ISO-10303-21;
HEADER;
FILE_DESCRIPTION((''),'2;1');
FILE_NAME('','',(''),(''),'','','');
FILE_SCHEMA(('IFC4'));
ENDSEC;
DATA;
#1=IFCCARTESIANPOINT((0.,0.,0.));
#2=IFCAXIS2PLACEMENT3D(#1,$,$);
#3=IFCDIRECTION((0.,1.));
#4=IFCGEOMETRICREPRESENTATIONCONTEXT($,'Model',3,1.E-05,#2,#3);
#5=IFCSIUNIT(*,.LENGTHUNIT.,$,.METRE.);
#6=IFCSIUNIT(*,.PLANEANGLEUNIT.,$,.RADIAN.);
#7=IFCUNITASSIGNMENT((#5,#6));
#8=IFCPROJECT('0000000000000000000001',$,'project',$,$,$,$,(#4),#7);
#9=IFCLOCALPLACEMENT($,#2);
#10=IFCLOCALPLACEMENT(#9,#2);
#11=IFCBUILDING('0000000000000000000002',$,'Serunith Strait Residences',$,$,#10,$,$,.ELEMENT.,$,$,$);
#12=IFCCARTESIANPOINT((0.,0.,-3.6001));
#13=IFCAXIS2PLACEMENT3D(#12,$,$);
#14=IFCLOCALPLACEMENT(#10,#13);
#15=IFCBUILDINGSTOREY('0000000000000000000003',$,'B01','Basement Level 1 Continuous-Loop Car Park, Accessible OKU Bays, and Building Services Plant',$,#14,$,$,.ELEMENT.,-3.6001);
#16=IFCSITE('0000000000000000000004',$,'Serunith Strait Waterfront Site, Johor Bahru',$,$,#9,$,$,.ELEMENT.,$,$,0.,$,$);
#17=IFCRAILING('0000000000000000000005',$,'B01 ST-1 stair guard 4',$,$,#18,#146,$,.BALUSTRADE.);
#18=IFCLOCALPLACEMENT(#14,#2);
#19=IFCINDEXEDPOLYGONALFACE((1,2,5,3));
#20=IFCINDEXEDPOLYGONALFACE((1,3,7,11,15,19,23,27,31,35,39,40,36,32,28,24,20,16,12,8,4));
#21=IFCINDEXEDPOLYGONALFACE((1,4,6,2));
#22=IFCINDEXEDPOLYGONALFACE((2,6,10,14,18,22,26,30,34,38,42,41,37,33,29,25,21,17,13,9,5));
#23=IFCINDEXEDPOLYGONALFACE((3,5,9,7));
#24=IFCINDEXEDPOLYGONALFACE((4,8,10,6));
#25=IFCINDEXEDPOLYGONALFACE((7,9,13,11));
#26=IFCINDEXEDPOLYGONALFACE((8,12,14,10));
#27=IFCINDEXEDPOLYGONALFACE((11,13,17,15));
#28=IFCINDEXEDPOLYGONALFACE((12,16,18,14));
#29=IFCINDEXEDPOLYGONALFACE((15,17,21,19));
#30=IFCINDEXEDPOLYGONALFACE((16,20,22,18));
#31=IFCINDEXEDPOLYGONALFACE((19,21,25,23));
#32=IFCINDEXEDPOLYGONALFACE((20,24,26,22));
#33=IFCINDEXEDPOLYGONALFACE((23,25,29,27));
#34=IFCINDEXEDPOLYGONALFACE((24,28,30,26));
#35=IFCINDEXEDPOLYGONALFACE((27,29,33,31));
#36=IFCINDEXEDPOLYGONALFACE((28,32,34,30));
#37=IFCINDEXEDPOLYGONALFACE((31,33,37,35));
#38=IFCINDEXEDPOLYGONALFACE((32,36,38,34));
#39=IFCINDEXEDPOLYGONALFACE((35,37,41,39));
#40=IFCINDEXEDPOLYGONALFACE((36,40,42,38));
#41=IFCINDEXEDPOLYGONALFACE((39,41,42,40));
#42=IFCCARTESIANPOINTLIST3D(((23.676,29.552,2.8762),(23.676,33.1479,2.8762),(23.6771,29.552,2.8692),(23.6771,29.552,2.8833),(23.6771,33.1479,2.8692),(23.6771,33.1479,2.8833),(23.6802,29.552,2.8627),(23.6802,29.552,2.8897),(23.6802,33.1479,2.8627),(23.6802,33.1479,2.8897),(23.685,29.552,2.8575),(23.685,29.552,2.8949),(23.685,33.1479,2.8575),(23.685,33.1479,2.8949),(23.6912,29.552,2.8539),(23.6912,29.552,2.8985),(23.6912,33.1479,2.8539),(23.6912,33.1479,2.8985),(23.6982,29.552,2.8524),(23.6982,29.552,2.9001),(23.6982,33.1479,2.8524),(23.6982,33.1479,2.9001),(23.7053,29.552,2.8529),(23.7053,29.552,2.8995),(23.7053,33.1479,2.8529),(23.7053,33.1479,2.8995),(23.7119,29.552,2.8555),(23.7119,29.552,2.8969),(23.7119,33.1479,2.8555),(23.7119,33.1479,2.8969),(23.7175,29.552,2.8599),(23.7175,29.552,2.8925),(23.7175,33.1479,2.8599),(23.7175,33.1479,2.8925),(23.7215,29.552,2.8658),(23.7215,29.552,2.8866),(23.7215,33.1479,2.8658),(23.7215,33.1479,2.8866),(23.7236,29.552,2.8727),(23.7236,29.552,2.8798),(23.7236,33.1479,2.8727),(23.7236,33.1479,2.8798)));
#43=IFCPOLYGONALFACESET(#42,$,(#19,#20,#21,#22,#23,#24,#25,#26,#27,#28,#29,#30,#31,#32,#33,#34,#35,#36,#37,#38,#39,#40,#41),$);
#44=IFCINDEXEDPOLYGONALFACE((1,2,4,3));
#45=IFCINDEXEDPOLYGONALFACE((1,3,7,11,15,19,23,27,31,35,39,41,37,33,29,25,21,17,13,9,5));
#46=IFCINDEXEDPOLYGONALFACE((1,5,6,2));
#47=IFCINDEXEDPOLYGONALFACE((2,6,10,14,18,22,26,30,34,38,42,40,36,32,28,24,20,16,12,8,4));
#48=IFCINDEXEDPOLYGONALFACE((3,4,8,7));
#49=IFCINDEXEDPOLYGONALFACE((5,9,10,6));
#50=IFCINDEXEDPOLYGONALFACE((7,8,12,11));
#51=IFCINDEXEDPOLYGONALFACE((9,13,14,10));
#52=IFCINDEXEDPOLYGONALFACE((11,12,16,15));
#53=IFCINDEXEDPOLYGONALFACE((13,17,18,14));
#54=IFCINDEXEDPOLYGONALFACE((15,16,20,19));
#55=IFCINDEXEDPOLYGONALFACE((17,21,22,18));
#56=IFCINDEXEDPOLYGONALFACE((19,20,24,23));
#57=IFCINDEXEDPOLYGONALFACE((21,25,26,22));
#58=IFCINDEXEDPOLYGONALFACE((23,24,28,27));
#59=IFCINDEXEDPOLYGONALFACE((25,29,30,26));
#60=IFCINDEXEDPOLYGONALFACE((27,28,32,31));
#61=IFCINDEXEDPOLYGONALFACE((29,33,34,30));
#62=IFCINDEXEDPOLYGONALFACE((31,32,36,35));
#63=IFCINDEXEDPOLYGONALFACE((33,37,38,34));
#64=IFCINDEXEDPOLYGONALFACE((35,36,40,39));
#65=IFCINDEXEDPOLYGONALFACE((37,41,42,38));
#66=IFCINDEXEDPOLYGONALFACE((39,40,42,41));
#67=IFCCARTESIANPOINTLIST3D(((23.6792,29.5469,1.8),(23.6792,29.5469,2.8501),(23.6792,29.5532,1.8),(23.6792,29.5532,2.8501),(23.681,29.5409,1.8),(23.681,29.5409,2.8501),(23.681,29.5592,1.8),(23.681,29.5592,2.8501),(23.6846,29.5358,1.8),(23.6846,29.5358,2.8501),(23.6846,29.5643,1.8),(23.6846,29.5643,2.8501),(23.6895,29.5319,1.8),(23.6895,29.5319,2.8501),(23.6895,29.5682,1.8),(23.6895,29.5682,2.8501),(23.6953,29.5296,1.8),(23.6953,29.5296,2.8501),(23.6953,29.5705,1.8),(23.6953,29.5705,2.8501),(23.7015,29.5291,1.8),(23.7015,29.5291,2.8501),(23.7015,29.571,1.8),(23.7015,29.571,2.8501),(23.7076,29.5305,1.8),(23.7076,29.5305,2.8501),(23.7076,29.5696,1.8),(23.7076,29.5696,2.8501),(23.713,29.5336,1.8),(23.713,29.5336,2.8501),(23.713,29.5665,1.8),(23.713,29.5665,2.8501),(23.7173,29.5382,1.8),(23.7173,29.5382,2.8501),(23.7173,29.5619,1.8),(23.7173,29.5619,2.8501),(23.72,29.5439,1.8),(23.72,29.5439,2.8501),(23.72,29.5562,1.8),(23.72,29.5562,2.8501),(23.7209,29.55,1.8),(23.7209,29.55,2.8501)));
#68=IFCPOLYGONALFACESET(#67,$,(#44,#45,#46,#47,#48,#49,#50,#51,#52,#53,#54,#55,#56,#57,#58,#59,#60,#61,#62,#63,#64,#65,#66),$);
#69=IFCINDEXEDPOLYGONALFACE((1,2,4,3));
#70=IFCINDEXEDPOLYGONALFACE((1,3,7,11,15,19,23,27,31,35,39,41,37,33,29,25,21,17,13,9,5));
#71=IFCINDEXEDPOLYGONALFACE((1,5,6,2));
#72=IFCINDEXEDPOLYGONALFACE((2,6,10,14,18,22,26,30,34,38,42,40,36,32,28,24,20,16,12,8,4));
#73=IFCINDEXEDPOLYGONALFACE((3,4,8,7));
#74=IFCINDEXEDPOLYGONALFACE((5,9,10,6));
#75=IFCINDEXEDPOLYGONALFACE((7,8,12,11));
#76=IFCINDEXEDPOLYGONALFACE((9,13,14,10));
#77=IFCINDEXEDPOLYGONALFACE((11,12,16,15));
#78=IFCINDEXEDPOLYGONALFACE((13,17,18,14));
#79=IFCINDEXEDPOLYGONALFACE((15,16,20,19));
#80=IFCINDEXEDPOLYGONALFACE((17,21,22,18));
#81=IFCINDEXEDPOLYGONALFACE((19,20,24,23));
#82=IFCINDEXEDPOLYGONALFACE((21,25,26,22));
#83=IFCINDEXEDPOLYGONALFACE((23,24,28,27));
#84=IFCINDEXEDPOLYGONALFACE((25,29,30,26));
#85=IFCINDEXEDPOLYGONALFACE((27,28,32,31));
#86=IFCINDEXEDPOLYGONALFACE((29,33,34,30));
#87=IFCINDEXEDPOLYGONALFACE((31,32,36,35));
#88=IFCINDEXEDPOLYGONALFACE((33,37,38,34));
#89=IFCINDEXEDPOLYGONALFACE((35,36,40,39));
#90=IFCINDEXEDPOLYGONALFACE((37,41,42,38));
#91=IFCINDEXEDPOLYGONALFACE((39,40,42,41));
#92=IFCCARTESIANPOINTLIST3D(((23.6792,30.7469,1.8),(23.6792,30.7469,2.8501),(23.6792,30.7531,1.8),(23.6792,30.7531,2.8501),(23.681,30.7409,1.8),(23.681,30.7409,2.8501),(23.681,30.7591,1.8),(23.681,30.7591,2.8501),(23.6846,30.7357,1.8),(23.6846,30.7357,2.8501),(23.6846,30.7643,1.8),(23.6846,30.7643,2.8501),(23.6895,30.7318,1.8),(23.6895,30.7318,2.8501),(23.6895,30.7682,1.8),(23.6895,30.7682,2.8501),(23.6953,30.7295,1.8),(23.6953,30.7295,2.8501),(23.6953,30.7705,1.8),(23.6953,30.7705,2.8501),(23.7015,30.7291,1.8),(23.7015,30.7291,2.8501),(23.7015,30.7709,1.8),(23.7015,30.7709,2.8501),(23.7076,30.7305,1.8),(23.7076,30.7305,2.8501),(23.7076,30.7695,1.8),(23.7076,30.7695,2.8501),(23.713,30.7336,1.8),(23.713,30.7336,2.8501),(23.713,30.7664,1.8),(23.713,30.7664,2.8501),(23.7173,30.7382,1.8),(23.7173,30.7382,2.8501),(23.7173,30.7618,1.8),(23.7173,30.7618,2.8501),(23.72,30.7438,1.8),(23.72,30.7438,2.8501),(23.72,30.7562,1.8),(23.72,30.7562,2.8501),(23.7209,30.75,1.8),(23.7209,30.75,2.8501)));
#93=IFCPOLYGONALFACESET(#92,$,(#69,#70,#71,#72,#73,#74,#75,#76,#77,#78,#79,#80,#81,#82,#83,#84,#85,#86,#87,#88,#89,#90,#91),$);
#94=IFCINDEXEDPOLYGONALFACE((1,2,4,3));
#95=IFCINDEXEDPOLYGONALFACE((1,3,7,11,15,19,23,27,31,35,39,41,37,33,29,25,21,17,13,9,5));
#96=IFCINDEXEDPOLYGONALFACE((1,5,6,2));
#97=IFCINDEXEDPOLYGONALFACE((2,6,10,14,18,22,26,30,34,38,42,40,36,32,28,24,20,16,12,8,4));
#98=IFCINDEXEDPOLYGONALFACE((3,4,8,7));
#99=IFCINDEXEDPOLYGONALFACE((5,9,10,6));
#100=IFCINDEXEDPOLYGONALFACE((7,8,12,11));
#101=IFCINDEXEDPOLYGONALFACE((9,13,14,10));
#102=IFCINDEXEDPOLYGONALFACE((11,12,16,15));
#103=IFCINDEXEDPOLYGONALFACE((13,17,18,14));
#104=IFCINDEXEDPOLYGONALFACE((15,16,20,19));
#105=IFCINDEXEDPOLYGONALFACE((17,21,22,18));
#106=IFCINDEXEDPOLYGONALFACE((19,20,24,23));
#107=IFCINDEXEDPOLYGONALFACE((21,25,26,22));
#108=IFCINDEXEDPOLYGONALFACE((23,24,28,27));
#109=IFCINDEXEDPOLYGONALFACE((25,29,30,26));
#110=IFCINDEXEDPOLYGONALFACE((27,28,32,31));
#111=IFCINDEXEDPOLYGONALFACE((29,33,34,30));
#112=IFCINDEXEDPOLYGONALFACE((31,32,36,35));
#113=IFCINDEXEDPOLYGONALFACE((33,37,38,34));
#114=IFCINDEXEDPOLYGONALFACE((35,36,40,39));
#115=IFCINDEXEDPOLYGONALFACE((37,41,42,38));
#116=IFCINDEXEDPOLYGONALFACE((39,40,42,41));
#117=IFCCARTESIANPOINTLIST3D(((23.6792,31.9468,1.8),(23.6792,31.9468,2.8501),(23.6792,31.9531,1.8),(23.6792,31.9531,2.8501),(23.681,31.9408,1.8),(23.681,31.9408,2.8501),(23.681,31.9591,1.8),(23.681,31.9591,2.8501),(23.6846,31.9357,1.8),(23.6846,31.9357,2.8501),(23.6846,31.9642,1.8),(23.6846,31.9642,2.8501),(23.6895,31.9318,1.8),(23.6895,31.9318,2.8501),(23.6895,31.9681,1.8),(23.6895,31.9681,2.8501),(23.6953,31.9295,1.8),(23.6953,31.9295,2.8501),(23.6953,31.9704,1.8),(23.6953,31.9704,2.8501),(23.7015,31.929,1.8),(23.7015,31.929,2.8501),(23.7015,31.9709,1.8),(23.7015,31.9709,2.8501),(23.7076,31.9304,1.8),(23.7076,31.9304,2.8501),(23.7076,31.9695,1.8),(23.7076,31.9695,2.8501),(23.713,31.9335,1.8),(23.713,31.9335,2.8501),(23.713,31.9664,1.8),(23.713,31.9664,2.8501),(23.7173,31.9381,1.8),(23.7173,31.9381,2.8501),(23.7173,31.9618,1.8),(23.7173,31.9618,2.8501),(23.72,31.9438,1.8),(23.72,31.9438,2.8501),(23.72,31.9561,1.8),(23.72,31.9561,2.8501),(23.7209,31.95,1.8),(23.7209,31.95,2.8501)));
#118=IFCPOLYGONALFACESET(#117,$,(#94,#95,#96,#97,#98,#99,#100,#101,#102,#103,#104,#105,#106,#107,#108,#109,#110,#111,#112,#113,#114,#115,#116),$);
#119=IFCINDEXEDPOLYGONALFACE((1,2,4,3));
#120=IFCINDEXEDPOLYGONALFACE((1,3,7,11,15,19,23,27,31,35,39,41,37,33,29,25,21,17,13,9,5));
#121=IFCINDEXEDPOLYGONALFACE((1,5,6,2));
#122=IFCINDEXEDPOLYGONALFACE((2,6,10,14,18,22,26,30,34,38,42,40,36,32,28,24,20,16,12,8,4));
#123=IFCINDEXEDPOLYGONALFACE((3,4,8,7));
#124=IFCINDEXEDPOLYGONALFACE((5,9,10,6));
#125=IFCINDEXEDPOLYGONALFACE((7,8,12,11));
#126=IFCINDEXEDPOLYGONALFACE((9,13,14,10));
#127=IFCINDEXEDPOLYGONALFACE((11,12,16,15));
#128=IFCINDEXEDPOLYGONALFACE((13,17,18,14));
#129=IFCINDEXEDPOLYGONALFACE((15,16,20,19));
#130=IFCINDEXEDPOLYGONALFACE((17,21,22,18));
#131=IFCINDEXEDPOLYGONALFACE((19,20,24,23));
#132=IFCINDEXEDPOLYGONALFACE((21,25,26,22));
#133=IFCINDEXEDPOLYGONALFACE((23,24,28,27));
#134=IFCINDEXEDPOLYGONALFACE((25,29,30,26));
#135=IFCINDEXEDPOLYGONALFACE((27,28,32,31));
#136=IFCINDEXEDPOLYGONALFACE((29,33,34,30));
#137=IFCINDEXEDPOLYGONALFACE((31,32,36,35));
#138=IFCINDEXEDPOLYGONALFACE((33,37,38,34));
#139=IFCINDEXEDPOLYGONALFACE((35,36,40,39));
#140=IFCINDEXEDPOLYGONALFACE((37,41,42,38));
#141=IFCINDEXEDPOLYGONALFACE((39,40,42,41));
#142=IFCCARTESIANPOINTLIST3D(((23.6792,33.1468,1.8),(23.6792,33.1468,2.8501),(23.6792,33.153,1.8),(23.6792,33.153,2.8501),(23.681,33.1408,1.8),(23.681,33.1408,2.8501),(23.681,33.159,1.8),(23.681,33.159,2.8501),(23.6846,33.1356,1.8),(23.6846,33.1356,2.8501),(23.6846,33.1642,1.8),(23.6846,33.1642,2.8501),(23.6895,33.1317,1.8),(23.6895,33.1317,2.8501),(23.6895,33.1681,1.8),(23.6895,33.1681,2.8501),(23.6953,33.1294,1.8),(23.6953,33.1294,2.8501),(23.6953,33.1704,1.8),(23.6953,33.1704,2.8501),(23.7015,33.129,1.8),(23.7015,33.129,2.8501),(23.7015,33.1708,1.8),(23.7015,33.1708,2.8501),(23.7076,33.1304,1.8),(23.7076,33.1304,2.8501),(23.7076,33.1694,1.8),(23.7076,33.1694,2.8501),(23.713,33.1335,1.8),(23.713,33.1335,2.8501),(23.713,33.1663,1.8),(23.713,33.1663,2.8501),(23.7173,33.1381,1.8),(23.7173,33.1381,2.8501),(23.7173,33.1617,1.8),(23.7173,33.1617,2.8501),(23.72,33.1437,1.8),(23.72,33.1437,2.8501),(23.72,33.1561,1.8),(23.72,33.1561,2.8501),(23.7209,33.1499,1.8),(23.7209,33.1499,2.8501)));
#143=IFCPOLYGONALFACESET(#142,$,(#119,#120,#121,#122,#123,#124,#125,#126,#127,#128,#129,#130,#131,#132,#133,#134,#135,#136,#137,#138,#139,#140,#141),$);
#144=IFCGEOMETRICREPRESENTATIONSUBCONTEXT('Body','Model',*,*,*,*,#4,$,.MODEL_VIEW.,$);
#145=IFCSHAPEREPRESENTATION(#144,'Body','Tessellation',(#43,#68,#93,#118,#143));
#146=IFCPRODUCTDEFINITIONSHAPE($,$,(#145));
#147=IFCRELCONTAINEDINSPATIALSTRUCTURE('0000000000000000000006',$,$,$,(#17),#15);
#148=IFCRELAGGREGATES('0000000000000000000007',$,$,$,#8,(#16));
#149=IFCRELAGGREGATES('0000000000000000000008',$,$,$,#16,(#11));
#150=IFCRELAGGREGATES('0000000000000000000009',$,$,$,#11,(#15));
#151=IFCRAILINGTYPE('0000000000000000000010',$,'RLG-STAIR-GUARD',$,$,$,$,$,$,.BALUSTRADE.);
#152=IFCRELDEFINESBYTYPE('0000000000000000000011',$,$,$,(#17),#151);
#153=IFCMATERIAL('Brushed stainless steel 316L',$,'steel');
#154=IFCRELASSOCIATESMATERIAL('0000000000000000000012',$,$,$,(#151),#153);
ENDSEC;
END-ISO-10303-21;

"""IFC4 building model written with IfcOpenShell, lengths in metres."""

from ifc_helpers import new_model, si_unit, direction, frame, origin, origin_2d, place, context, subcontext, project, spatial, circle, extrude, material, type_object, element, save


model = new_model("IFC4")

# Units and contexts
model_context = context("Model", 3, precision=1e-05, world=origin(), true_north=direction((0.0, 1.0)))
body_context = subcontext(model_context, "Body", "Model", "MODEL_VIEW")
ifc_project = project(units=[si_unit("LENGTHUNIT", "METRE"), si_unit("PLANEANGLEUNIT", "RADIAN")], contexts=[model_context])

# Site, building, storey
site_placement = place(None, origin())
site = spatial("IfcSite", under=ifc_project, at=site_placement, Name="Serunith Strait Waterfront Site, Johor Bahru", CompositionType="ELEMENT", RefElevation=0.0)
building_placement = place(site_placement, origin())
building = spatial("IfcBuilding", under=site, at=building_placement, Name="Serunith Strait Residences", CompositionType="ELEMENT")
storey_placement = place(building_placement, frame((0.0, 0.0, -3.6001)))
storey = spatial("IfcBuildingStorey", under=building, at=storey_placement, Name="B01", Description="Basement Level 1 Continuous-Loop Car Park, Accessible OKU Bays, and Building Services Plant", CompositionType="ELEMENT", Elevation=-3.6001)

# Railing
ifc_material_1 = material(Name="Brushed stainless steel 316L", Category="steel")
railing_type_1 = type_object("IfcRailingType", Name="RLG-STAIR-GUARD", PredefinedType="BALUSTRADE", material=ifc_material_1)
for number, where, name in (
    (1, (23.7, 29.55, 1.8), "B01 ST-1 stair guard 4"),
):
    element("IfcRailing", number, at=place(storey_placement, frame(where)), inside=storey, type_object=railing_type_1, Name=name, PredefinedType="BALUSTRADE", context=body_context, shape_type="SweptSolid", body=[
        extrude(circle(Radius=0.0239, at=origin_2d()), frame((0.0, 0.002, 1.0762), z_axis=(0.0, 1.0, 0.0), x_axis=(-1.0, 0.0, 0.0)), (0.0, 0.0, 1.0), 3.5959),
        extrude(circle(Radius=0.021, at=origin_2d()), origin(), (0.0, 0.0, 1.0), 1.05),
        extrude(circle(Radius=0.021, at=origin_2d()), frame((0.0, 1.2, 0.0)), (0.0, 0.0, 1.0), 1.05),
        extrude(circle(Radius=0.021, at=origin_2d()), frame((0.0, 2.3999, 0.0)), (0.0, 0.0, 1.0), 1.05),
        extrude(circle(Radius=0.021, at=origin_2d()), frame((0.0, 3.5999, 0.0)), (0.0, 0.0, 1.0), 1.05),
    ])

save(model, "model.ifc")
